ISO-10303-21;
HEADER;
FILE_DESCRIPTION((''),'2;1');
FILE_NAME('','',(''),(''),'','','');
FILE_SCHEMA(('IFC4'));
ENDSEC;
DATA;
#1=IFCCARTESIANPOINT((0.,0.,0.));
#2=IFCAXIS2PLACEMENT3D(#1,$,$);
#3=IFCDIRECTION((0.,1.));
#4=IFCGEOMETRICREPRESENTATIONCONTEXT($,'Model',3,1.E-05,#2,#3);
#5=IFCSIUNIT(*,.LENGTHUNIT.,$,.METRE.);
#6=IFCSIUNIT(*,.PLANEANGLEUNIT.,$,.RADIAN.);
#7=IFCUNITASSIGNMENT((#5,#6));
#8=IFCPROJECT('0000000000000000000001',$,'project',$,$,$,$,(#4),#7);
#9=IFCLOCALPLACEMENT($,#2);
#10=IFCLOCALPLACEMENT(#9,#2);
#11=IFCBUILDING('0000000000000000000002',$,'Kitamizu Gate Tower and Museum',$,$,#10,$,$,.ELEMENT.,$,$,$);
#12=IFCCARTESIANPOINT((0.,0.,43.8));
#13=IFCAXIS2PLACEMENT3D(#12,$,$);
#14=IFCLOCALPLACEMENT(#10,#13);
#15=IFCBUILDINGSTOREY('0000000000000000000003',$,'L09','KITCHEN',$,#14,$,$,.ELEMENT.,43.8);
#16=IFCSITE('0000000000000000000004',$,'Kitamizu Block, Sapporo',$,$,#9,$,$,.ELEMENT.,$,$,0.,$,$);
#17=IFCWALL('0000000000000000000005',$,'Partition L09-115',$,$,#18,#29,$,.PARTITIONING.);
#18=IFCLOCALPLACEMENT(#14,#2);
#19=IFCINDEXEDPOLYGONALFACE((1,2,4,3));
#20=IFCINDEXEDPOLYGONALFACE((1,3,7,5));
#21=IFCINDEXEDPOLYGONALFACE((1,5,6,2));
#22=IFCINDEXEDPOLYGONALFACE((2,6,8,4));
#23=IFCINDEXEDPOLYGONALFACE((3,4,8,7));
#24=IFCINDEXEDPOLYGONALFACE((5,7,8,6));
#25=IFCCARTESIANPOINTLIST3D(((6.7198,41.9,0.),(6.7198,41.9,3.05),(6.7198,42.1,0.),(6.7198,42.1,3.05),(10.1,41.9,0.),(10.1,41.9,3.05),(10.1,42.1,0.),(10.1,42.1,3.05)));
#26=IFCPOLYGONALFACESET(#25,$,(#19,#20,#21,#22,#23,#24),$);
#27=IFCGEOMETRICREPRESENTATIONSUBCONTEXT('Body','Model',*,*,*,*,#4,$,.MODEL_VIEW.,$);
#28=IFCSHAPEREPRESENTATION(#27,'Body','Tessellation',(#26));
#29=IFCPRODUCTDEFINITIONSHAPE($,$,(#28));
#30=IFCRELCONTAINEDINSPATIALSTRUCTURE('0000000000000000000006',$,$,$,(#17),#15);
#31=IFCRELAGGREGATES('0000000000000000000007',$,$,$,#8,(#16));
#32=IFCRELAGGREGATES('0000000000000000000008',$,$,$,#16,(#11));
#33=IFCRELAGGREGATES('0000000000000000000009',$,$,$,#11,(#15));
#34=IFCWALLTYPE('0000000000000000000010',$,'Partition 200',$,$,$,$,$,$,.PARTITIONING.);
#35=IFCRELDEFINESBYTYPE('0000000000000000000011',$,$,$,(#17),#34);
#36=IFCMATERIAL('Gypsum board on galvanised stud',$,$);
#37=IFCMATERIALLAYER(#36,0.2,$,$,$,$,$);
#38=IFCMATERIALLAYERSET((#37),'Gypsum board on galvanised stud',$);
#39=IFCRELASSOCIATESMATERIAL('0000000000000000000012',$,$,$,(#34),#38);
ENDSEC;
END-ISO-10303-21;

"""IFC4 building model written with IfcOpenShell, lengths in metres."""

from ifc_helpers import new_model, si_unit, direction, frame, frame_2d, origin, place, context, subcontext, project, spatial, rectangle, extrude, material, layer, layer_set, type_object, element, save


model = new_model("IFC4")

# Units and contexts
model_context = context("Model", 3, precision=1e-05, world=origin(), true_north=direction((0.0, 1.0)))
body_context = subcontext(model_context, "Body", "Model", "MODEL_VIEW")
ifc_project = project(units=[si_unit("LENGTHUNIT", "METRE"), si_unit("PLANEANGLEUNIT", "RADIAN")], contexts=[model_context])

# Site, building, storey
site_placement = place(None, origin())
site = spatial("IfcSite", under=ifc_project, at=site_placement, Name="Kitamizu Block, Sapporo", CompositionType="ELEMENT", RefElevation=0.0)
building_placement = place(site_placement, origin())
building = spatial("IfcBuilding", under=site, at=building_placement, Name="Kitamizu Gate Tower and Museum", CompositionType="ELEMENT")
storey_placement = place(building_placement, frame((0.0, 0.0, 43.8)))
storey = spatial("IfcBuildingStorey", under=building, at=storey_placement, Name="L09", Description="KITCHEN", CompositionType="ELEMENT", Elevation=43.8)

# Wall
ifc_material_1 = material(Name="Gypsum board on galvanised stud")
ifc_layer_1 = layer(ifc_material_1, 0.2)
ifc_layer_set_1 = layer_set([ifc_layer_1], Name="Gypsum board on galvanised stud")
wall_type_1 = type_object("IfcWallType", Name="Partition 200", PredefinedType="PARTITIONING", material=ifc_layer_set_1)
wall_1_placement = place(storey_placement, frame((6.72, 42.0, 0.0), z_axis=(0.0, 0.0, 1.0), x_axis=(1.0, 0.0, 0.0)))
element("IfcWall", 1, at=wall_1_placement, inside=storey, type_object=wall_type_1, Name="Partition L09-115", PredefinedType="PARTITIONING", context=body_context, shape_type="SweptSolid", body=[
    extrude(rectangle(XDim=3.3801, YDim=0.2, at=frame_2d((1.6899, 0.0))), origin(), (0.0, 0.0, 1.0), 3.05),
])

save(model, "model.ifc")
